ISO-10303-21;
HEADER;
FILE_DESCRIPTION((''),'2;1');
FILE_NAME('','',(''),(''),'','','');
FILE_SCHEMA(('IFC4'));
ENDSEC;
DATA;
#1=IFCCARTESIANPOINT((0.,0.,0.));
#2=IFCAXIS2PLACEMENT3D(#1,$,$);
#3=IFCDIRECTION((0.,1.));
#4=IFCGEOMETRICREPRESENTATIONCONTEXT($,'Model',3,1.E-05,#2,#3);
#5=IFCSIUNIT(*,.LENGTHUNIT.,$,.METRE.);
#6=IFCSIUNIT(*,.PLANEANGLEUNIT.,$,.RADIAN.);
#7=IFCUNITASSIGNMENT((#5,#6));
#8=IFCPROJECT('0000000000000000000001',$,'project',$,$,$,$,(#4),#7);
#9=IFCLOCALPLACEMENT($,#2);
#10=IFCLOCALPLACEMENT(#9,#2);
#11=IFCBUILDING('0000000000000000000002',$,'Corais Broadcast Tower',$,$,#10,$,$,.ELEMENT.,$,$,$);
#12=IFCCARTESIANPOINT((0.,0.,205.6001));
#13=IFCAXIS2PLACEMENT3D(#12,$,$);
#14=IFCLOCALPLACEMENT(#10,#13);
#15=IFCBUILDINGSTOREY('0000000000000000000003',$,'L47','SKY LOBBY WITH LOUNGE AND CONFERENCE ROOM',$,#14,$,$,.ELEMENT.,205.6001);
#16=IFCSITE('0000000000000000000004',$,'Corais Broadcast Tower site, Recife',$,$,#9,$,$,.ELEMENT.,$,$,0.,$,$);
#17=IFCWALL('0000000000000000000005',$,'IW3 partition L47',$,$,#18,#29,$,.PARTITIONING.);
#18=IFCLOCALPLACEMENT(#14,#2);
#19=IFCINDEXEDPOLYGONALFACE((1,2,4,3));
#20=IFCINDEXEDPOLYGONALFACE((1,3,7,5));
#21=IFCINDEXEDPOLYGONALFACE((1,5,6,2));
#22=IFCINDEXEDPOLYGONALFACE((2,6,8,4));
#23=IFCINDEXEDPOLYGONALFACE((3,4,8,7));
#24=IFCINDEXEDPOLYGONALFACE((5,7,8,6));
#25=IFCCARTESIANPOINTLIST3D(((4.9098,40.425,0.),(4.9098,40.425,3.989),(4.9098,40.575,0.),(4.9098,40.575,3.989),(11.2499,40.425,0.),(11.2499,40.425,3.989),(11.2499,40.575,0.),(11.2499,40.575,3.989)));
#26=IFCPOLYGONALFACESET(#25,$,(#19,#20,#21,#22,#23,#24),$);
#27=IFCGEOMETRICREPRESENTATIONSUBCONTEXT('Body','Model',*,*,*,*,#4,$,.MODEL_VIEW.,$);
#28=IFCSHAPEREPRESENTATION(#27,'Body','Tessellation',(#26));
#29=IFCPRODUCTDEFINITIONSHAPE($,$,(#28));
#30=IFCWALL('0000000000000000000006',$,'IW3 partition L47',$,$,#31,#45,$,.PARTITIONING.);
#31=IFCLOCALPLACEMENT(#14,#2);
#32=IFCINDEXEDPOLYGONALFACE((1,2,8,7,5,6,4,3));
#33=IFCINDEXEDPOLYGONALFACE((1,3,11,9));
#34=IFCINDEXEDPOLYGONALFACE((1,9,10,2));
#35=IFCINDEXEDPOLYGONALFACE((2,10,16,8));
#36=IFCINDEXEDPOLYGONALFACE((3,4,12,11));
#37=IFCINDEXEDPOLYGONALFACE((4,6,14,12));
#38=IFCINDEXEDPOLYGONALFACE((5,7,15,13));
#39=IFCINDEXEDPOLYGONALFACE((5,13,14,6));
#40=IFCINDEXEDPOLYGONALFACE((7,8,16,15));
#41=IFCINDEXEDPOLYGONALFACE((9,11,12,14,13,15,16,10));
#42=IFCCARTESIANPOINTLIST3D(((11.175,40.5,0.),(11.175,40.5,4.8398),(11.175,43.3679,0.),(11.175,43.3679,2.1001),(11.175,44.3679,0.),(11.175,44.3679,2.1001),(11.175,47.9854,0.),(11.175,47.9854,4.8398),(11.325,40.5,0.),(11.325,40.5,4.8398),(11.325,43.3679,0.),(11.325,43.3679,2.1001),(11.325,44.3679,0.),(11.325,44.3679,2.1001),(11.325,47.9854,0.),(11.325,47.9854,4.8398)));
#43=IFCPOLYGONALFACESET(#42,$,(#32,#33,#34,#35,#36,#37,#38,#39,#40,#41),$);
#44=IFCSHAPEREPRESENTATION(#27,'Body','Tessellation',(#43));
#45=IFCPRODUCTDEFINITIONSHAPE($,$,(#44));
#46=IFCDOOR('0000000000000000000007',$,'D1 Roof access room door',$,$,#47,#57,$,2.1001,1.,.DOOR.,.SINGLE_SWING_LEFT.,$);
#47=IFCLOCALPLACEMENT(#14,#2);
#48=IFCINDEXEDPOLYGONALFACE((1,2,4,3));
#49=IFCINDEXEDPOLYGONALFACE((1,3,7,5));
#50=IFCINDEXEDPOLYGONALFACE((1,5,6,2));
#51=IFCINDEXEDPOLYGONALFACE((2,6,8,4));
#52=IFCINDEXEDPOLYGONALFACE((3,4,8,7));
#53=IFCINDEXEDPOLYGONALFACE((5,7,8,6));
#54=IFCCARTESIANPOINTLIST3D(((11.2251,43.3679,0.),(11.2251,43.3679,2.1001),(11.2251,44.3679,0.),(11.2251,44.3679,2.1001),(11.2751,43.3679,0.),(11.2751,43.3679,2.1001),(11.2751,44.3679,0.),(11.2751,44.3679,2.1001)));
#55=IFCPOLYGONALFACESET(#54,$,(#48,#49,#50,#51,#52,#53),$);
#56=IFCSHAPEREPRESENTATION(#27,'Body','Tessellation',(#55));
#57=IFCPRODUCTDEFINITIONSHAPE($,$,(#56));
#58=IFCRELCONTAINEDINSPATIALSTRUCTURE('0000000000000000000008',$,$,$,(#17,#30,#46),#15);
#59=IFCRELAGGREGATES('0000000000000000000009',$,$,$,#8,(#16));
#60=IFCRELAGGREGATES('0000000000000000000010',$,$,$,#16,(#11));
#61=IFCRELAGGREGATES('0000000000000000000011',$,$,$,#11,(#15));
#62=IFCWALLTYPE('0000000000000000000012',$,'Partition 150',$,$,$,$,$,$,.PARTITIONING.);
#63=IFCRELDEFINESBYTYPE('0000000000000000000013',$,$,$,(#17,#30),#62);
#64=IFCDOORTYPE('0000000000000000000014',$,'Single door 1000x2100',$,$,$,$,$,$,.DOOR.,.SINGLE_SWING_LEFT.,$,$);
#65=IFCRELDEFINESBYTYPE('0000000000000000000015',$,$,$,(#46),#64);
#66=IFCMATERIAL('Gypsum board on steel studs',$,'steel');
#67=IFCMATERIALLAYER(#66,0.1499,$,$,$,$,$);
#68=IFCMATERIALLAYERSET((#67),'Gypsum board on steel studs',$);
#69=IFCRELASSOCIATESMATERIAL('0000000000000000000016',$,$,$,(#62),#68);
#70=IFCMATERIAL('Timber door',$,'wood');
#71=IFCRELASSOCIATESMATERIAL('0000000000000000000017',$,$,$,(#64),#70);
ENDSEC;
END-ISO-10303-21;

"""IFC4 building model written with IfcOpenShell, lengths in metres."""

from ifc_helpers import new_model, si_unit, direction, frame, frame_2d, origin, place, context, subcontext, project, spatial, rectangle, extrude, material, layer, layer_set, type_object, element, fill, save


model = new_model("IFC4")

# Units and contexts
model_context = context("Model", 3, precision=1e-05, world=origin(), true_north=direction((0.0, 1.0)))
body_context = subcontext(model_context, "Body", "Model", "MODEL_VIEW")
ifc_project = project(units=[si_unit("LENGTHUNIT", "METRE"), si_unit("PLANEANGLEUNIT", "RADIAN")], contexts=[model_context])

# Site, building, storey
site_placement = place(None, origin())
site = spatial("IfcSite", under=ifc_project, at=site_placement, Name="Corais Broadcast Tower site, Recife", CompositionType="ELEMENT", RefElevation=0.0)
building_placement = place(site_placement, origin())
building = spatial("IfcBuilding", under=site, at=building_placement, Name="Corais Broadcast Tower", CompositionType="ELEMENT")
storey_placement = place(building_placement, frame((0.0, 0.0, 205.6001)))
storey = spatial("IfcBuildingStorey", under=building, at=storey_placement, Name="L47", Description="SKY LOBBY WITH LOUNGE AND CONFERENCE ROOM", CompositionType="ELEMENT", Elevation=205.6001)

# Shared definitions
ifc_material_1 = material(Name="Gypsum board on steel studs", Category="steel")
ifc_layer_1 = layer(ifc_material_1, 0.1499)
ifc_layer_set_1 = layer_set([ifc_layer_1], Name="Gypsum board on steel studs")
wall_type_1 = type_object("IfcWallType", Name="Partition 150", PredefinedType="PARTITIONING", material=ifc_layer_set_1)
ifc_material_2 = material(Name="Timber door", Category="wood")
door_type_1 = type_object("IfcDoorType", Name="Single door 1000x2100", OperationType="SINGLE_SWING_LEFT", PredefinedType="DOOR", material=ifc_material_2)

# Wall
wall_1_placement = place(storey_placement, frame((4.9099, 40.5, 0.0), z_axis=(0.0, 0.0, 1.0), x_axis=(1.0, 0.0, 0.0)))
element("IfcWall", 1, at=wall_1_placement, inside=storey, type_object=wall_type_1, Name="IW3 partition L47", PredefinedType="PARTITIONING", context=body_context, shape_type="SweptSolid", body=[
    extrude(rectangle(XDim=6.3401, YDim=0.1499, at=frame_2d((3.1699, 0.0))), origin(), (0.0, 0.0, 1.0), 3.989),
])

# Wall, opening, door
wall_2_placement = place(storey_placement, frame((11.25, 40.5, 0.0), z_axis=(0.0, 0.0, 1.0), x_axis=(0.0, 1.0, 0.0)))
wall_2 = element("IfcWall", 2, at=wall_2_placement, inside=storey, type_object=wall_type_1, Name="IW3 partition L47", PredefinedType="PARTITIONING", context=body_context, shape_type="SweptSolid", body=[
    extrude(rectangle(XDim=7.4854, YDim=0.1499, at=frame_2d((3.7427, 0.0))), origin(), (0.0, 0.0, 1.0), 4.8398),
])
opening_1_placement = place(wall_2_placement, frame((2.8679, 0.0, 0.0)))
opening_1 = element("IfcOpeningElement", 3, at=opening_1_placement, cuts=wall_2, PredefinedType="OPENING", context=body_context, shape_type="SweptSolid", body=[
    extrude(rectangle(XDim=1.0, YDim=2.1001, at=frame_2d((0.5, 1.05))), frame((0.0, 0.085, 0.0), z_axis=(0.0, -1.0, 0.0), x_axis=(1.0, 0.0, 0.0)), (0.0, 0.0, 1.0), 0.1699),
])
door_1_placement = place(opening_1_placement, origin())
door_1 = element("IfcDoor", 4, at=door_1_placement, inside=storey, type_object=door_type_1, Name="D1 Roof access room door", OperationType="SINGLE_SWING_LEFT", OverallHeight=2.1001, OverallWidth=1.0, PredefinedType="DOOR", context=body_context, shape_type="SweptSolid", body=[
    extrude(rectangle(XDim=1.0, YDim=2.1001, at=frame_2d((0.5, 1.05))), frame((0.0, 0.0249, 0.0), z_axis=(0.0, -1.0, 0.0), x_axis=(1.0, 0.0, 0.0)), (0.0, 0.0, 1.0), 0.05),
])
fill(opening_1, door_1)

save(model, "model.ifc")
